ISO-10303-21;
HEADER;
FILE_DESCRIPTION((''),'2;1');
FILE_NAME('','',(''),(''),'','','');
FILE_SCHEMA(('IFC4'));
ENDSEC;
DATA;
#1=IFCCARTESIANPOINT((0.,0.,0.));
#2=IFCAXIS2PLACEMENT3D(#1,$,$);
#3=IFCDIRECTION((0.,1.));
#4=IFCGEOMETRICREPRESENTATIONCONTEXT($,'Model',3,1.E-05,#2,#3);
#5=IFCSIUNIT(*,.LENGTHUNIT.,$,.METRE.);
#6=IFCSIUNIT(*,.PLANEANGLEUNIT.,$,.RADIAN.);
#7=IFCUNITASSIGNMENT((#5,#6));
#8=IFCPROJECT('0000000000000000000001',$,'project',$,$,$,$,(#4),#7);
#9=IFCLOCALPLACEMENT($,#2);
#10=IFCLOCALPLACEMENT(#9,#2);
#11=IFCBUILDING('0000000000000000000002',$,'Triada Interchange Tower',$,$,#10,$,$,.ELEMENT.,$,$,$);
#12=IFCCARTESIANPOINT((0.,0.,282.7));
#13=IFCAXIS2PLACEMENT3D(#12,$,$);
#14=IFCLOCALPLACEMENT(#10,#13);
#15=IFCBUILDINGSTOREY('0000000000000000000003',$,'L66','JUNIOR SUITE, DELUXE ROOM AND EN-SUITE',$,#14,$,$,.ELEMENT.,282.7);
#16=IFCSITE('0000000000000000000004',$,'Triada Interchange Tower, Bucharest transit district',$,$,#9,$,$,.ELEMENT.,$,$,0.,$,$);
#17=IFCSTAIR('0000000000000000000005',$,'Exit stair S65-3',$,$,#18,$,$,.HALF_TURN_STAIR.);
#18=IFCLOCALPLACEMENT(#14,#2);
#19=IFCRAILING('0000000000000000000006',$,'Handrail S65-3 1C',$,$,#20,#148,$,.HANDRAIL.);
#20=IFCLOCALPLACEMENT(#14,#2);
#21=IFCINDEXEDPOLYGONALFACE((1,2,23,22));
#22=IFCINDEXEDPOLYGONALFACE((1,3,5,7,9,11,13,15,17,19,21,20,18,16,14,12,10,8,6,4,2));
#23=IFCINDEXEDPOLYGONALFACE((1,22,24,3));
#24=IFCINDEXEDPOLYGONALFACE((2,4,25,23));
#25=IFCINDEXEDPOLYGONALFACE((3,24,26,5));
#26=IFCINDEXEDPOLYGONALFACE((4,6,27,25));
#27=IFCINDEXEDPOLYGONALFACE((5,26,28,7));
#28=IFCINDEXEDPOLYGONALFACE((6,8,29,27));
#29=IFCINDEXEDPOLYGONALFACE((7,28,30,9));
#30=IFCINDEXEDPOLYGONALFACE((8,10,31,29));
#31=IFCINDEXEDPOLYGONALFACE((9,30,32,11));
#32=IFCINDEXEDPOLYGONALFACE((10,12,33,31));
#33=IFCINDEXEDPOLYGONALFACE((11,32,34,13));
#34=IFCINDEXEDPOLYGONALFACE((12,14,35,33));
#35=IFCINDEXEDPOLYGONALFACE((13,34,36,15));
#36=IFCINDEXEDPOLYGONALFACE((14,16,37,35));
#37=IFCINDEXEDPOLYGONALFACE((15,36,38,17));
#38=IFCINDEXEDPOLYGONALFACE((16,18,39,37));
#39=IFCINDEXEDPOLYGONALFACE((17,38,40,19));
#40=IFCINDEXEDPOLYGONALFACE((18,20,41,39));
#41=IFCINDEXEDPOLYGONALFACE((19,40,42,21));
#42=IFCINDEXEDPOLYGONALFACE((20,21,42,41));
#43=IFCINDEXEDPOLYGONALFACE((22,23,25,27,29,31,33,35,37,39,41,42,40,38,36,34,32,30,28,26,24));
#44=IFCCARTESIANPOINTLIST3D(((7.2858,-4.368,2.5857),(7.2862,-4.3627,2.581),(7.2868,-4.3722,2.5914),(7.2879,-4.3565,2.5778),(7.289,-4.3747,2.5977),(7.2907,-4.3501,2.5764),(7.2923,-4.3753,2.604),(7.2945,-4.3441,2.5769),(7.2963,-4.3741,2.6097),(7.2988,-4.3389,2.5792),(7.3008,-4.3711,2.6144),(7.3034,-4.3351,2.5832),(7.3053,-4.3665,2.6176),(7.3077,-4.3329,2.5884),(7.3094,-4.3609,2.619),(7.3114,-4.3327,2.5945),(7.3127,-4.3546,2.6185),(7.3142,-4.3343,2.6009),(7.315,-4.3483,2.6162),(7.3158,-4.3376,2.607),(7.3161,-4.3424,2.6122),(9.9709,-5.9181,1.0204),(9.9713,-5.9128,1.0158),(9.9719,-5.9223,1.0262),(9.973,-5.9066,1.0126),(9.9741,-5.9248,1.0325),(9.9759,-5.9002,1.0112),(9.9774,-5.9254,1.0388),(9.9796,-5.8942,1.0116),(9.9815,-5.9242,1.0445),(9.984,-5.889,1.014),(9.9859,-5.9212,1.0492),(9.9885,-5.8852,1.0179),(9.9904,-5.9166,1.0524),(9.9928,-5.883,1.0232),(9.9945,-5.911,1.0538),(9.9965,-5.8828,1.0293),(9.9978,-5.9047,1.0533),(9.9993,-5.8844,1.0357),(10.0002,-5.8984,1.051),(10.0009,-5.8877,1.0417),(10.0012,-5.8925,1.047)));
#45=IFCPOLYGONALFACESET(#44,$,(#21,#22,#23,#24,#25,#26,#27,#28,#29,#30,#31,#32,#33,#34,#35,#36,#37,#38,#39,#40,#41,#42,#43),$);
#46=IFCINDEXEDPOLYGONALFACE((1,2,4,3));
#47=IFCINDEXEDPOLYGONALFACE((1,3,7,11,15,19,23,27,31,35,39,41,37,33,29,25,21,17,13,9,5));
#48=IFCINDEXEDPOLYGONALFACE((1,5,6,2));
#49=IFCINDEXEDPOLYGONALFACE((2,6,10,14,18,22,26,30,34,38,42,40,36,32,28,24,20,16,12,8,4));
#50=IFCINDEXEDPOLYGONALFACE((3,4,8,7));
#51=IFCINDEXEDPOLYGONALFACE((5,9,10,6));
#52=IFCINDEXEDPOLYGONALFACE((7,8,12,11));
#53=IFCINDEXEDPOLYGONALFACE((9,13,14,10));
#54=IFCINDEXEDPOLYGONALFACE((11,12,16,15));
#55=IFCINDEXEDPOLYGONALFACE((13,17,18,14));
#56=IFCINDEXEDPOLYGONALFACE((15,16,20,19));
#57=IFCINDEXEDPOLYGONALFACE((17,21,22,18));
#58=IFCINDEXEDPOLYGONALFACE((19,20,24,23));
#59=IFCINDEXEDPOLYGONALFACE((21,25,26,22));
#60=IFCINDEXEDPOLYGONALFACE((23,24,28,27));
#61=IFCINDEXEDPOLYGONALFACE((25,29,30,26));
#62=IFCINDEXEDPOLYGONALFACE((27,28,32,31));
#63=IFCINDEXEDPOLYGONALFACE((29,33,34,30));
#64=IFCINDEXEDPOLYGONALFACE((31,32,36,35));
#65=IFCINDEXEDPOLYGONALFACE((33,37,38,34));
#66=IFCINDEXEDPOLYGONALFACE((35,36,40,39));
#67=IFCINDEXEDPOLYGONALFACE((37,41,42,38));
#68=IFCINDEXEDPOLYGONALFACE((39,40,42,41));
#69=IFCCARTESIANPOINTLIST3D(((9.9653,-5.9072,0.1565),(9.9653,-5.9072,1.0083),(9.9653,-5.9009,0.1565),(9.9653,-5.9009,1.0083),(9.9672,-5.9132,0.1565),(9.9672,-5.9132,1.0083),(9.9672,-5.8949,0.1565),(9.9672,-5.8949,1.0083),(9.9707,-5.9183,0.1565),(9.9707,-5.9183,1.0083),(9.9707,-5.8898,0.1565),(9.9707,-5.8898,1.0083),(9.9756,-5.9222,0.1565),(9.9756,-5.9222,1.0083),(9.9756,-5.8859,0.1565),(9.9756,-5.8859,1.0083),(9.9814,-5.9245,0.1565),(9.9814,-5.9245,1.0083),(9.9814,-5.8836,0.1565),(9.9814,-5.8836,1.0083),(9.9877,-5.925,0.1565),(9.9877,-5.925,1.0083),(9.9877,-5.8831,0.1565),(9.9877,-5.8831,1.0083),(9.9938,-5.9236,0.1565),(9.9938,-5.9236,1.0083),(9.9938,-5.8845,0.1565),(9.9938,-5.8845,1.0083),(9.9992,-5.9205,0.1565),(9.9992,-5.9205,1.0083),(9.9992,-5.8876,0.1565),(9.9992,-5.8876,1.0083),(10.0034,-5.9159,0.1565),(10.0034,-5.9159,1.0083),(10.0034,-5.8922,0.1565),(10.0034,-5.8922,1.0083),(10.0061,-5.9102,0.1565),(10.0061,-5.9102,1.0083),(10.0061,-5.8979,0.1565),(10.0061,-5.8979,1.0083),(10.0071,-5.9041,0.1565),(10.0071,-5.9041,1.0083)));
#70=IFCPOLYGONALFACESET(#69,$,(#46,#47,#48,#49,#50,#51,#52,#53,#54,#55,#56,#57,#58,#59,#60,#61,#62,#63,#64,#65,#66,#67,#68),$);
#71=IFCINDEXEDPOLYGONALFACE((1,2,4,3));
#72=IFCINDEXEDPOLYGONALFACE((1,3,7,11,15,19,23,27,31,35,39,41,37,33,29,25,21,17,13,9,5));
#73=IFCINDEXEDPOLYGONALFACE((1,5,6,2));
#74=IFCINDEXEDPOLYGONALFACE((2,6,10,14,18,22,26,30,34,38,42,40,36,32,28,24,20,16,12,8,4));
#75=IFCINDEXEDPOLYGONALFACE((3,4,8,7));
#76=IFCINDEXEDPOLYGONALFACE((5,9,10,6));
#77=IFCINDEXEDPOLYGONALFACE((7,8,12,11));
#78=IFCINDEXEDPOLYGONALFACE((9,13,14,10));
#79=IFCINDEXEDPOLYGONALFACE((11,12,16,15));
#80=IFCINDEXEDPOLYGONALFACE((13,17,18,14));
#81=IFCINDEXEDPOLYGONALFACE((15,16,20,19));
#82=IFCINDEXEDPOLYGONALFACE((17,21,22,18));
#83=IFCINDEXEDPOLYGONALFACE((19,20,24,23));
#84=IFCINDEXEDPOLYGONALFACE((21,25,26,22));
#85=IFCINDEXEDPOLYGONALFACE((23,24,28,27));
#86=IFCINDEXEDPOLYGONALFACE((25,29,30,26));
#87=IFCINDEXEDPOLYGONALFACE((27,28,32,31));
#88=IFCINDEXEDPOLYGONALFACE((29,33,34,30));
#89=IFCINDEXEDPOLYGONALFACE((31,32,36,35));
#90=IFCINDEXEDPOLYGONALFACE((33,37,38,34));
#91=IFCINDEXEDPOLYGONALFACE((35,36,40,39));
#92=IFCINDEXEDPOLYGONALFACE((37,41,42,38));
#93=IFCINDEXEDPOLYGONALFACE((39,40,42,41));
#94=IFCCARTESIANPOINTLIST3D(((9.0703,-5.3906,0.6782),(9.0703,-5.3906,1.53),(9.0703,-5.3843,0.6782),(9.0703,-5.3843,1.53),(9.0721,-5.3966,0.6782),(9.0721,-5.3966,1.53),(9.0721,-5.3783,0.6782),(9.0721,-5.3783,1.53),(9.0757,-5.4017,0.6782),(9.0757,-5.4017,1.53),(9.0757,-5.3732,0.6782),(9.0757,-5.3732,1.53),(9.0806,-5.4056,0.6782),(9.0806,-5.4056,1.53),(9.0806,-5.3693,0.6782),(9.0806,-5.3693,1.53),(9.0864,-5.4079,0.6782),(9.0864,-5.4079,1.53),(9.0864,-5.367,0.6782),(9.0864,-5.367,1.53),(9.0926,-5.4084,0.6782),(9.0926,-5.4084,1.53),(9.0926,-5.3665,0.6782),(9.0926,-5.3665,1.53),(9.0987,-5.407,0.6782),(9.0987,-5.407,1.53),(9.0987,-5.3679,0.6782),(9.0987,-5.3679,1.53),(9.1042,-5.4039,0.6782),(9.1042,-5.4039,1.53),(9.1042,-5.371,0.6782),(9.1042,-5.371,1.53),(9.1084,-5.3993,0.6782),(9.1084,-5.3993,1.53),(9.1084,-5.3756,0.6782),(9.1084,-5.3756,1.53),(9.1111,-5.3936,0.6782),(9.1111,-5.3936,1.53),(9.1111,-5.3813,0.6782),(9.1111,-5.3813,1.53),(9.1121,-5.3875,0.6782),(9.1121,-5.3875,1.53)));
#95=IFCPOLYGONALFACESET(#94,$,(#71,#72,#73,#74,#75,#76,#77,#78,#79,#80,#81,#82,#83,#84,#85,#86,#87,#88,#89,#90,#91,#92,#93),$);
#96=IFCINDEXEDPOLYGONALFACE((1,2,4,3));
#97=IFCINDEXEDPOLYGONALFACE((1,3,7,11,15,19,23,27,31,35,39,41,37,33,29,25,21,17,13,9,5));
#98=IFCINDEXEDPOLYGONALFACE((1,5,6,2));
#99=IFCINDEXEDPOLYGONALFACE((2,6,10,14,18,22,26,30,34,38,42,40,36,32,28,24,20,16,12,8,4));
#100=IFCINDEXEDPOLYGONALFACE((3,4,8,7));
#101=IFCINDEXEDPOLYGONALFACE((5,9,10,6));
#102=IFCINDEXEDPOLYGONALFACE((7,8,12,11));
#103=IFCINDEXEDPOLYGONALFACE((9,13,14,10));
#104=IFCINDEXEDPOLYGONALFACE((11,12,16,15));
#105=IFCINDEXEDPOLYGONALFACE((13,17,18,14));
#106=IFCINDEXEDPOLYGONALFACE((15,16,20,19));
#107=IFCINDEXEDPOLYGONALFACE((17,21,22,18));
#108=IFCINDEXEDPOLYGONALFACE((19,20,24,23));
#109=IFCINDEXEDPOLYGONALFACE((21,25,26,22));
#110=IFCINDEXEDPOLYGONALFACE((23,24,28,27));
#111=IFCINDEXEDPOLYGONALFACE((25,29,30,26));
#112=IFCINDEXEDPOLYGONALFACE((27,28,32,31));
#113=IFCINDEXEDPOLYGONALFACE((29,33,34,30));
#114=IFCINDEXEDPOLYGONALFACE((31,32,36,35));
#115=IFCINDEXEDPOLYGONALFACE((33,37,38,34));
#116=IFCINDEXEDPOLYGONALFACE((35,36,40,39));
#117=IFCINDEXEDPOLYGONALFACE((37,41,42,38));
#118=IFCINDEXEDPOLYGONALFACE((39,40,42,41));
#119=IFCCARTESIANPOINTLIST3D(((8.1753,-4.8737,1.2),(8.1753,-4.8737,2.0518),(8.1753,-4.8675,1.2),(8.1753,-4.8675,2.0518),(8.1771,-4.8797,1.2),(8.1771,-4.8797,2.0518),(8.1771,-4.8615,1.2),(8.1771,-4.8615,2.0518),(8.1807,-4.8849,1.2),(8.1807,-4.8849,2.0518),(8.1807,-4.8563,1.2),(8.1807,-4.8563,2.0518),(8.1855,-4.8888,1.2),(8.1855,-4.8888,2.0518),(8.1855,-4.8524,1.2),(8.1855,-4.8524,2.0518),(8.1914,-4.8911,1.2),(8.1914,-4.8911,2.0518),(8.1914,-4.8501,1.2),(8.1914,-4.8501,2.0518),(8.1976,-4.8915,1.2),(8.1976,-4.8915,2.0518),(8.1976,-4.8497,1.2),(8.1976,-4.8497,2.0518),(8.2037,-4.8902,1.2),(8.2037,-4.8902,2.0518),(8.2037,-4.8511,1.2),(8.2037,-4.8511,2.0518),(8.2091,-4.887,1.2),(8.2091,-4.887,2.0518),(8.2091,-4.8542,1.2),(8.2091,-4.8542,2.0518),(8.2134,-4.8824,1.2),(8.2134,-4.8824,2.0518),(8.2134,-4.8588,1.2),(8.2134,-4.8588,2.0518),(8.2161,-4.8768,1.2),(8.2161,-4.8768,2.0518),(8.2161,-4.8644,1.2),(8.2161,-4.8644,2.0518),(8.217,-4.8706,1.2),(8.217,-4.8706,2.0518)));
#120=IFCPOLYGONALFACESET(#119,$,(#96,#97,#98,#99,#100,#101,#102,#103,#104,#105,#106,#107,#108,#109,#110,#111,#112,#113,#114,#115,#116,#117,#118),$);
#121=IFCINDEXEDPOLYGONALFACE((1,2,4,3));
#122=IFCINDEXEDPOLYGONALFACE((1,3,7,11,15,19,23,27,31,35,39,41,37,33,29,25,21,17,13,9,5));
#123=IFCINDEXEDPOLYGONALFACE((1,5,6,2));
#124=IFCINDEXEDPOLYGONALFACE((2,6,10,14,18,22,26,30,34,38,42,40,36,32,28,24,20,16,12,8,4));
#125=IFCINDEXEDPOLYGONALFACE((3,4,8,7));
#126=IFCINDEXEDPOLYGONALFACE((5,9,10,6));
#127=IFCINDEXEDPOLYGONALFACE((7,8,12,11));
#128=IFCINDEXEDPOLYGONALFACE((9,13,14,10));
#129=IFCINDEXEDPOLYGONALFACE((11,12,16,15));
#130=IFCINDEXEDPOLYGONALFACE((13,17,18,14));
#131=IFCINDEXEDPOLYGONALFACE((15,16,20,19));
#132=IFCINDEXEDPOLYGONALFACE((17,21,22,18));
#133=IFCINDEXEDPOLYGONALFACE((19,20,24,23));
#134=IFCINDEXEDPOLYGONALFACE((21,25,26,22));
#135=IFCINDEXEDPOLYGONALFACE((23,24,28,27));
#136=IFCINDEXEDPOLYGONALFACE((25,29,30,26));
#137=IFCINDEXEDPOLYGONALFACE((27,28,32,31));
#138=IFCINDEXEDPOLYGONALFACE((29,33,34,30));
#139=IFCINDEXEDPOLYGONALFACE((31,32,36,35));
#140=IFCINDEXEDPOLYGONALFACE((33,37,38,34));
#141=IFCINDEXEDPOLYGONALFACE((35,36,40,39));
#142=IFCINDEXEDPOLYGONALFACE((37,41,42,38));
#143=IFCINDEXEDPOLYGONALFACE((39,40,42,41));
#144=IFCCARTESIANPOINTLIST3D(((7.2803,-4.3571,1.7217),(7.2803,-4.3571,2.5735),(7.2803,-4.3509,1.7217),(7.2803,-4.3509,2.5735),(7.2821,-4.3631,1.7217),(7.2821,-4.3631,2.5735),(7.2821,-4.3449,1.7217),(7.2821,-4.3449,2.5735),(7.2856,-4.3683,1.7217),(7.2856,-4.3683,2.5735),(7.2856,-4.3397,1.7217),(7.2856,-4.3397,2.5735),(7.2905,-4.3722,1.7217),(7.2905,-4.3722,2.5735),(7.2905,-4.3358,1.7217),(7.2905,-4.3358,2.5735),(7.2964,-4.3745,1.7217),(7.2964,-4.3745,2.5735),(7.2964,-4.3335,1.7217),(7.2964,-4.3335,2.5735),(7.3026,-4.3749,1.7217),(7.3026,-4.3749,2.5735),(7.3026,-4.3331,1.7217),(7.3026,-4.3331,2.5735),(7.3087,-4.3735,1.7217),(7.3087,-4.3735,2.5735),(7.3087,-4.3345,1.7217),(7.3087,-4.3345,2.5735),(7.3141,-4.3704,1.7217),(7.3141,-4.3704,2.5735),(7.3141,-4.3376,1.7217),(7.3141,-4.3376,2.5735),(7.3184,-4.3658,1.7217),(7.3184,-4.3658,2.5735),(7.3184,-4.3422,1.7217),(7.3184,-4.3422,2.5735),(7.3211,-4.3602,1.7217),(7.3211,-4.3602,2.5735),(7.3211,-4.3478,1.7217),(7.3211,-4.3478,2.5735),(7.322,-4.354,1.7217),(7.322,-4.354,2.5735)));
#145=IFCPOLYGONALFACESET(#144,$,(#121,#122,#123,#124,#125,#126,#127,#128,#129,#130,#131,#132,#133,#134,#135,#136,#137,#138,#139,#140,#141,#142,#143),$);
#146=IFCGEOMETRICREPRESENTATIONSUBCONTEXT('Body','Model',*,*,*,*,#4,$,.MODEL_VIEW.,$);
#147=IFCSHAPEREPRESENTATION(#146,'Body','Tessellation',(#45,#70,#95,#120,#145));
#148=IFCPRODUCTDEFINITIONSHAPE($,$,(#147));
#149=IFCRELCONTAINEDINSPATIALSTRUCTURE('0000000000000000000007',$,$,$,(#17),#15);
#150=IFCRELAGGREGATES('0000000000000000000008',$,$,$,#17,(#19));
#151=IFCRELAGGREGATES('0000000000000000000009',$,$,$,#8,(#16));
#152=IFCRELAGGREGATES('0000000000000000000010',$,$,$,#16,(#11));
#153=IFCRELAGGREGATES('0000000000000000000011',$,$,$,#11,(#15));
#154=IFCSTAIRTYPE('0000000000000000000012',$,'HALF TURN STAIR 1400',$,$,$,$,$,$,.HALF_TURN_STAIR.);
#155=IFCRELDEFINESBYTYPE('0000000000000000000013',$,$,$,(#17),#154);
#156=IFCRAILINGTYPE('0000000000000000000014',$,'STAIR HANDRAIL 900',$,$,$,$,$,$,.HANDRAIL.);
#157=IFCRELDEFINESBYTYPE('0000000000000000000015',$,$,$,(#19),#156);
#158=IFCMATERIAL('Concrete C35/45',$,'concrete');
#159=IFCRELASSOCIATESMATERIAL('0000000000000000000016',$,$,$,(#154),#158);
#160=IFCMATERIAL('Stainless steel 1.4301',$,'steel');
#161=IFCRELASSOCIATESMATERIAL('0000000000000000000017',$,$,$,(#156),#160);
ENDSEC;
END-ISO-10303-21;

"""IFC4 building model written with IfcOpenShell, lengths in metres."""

from ifc_helpers import new_model, si_unit, direction, frame, origin, origin_2d, place, context, subcontext, project, spatial, circle, extrude, material, type_object, element, aggregate, save


model = new_model("IFC4")

# Units and contexts
model_context = context("Model", 3, precision=1e-05, world=origin(), true_north=direction((0.0, 1.0)))
body_context = subcontext(model_context, "Body", "Model", "MODEL_VIEW")
ifc_project = project(units=[si_unit("LENGTHUNIT", "METRE"), si_unit("PLANEANGLEUNIT", "RADIAN")], contexts=[model_context])

# Site, building, storey
site_placement = place(None, origin())
site = spatial("IfcSite", under=ifc_project, at=site_placement, Name="Triada Interchange Tower, Bucharest transit district", CompositionType="ELEMENT", RefElevation=0.0)
building_placement = place(site_placement, origin())
building = spatial("IfcBuilding", under=site, at=building_placement, Name="Triada Interchange Tower", CompositionType="ELEMENT")
storey_placement = place(building_placement, frame((0.0, 0.0, 282.7)))
storey = spatial("IfcBuildingStorey", under=building, at=storey_placement, Name="L66", Description="JUNIOR SUITE, DELUXE ROOM AND EN-SUITE", CompositionType="ELEMENT", Elevation=282.7)

# Stair, railing
ifc_material_1 = material(Name="Concrete C35/45", Category="concrete")
stair_type = type_object("IfcStairType", Name="HALF TURN STAIR 1400", PredefinedType="HALF_TURN_STAIR", material=ifc_material_1)
stair_placement = place(storey_placement, origin())
stair = element("IfcStair", 1, at=stair_placement, inside=storey, type_object=stair_type, Name="Exit stair S65-3", PredefinedType="HALF_TURN_STAIR")
ifc_material_2 = material(Name="Stainless steel 1.4301", Category="steel")
railing_type = type_object("IfcRailingType", Name="STAIR HANDRAIL 900", PredefinedType="HANDRAIL", material=ifc_material_2)
railing_1_placement = place(storey_placement, frame((9.9861, -5.9041, 0.1565)))
railing_1 = element("IfcRailing", 2, at=railing_1_placement, type_object=railing_type, Name="Handrail S65-3 1C", PredefinedType="HANDRAIL", context=body_context, shape_type="SweptSolid", body=[
    extrude(circle(Radius=0.0239, at=origin_2d()), frame((0.0, 0.0, 0.876), z_axis=(-0.773115, 0.446309, 0.450667), x_axis=(-0.499959, -0.866049, 0.0)), (0.0, 0.0, 1.0), 3.4731),
    extrude(circle(Radius=0.021, at=origin_2d()), origin(), (0.0, 0.0, 1.0), 0.8518),
    extrude(circle(Radius=0.021, at=origin_2d()), frame((-0.895, 0.5166, 0.5217)), (0.0, 0.0, 1.0), 0.8518),
    extrude(circle(Radius=0.021, at=origin_2d()), frame((-1.79, 1.0334, 1.0435)), (0.0, 0.0, 1.0), 0.8518),
    extrude(circle(Radius=0.021, at=origin_2d()), frame((-2.6851, 1.55, 1.5652)), (0.0, 0.0, 1.0), 0.8518),
])
aggregate(stair, [railing_1])

save(model, "model.ifc")
